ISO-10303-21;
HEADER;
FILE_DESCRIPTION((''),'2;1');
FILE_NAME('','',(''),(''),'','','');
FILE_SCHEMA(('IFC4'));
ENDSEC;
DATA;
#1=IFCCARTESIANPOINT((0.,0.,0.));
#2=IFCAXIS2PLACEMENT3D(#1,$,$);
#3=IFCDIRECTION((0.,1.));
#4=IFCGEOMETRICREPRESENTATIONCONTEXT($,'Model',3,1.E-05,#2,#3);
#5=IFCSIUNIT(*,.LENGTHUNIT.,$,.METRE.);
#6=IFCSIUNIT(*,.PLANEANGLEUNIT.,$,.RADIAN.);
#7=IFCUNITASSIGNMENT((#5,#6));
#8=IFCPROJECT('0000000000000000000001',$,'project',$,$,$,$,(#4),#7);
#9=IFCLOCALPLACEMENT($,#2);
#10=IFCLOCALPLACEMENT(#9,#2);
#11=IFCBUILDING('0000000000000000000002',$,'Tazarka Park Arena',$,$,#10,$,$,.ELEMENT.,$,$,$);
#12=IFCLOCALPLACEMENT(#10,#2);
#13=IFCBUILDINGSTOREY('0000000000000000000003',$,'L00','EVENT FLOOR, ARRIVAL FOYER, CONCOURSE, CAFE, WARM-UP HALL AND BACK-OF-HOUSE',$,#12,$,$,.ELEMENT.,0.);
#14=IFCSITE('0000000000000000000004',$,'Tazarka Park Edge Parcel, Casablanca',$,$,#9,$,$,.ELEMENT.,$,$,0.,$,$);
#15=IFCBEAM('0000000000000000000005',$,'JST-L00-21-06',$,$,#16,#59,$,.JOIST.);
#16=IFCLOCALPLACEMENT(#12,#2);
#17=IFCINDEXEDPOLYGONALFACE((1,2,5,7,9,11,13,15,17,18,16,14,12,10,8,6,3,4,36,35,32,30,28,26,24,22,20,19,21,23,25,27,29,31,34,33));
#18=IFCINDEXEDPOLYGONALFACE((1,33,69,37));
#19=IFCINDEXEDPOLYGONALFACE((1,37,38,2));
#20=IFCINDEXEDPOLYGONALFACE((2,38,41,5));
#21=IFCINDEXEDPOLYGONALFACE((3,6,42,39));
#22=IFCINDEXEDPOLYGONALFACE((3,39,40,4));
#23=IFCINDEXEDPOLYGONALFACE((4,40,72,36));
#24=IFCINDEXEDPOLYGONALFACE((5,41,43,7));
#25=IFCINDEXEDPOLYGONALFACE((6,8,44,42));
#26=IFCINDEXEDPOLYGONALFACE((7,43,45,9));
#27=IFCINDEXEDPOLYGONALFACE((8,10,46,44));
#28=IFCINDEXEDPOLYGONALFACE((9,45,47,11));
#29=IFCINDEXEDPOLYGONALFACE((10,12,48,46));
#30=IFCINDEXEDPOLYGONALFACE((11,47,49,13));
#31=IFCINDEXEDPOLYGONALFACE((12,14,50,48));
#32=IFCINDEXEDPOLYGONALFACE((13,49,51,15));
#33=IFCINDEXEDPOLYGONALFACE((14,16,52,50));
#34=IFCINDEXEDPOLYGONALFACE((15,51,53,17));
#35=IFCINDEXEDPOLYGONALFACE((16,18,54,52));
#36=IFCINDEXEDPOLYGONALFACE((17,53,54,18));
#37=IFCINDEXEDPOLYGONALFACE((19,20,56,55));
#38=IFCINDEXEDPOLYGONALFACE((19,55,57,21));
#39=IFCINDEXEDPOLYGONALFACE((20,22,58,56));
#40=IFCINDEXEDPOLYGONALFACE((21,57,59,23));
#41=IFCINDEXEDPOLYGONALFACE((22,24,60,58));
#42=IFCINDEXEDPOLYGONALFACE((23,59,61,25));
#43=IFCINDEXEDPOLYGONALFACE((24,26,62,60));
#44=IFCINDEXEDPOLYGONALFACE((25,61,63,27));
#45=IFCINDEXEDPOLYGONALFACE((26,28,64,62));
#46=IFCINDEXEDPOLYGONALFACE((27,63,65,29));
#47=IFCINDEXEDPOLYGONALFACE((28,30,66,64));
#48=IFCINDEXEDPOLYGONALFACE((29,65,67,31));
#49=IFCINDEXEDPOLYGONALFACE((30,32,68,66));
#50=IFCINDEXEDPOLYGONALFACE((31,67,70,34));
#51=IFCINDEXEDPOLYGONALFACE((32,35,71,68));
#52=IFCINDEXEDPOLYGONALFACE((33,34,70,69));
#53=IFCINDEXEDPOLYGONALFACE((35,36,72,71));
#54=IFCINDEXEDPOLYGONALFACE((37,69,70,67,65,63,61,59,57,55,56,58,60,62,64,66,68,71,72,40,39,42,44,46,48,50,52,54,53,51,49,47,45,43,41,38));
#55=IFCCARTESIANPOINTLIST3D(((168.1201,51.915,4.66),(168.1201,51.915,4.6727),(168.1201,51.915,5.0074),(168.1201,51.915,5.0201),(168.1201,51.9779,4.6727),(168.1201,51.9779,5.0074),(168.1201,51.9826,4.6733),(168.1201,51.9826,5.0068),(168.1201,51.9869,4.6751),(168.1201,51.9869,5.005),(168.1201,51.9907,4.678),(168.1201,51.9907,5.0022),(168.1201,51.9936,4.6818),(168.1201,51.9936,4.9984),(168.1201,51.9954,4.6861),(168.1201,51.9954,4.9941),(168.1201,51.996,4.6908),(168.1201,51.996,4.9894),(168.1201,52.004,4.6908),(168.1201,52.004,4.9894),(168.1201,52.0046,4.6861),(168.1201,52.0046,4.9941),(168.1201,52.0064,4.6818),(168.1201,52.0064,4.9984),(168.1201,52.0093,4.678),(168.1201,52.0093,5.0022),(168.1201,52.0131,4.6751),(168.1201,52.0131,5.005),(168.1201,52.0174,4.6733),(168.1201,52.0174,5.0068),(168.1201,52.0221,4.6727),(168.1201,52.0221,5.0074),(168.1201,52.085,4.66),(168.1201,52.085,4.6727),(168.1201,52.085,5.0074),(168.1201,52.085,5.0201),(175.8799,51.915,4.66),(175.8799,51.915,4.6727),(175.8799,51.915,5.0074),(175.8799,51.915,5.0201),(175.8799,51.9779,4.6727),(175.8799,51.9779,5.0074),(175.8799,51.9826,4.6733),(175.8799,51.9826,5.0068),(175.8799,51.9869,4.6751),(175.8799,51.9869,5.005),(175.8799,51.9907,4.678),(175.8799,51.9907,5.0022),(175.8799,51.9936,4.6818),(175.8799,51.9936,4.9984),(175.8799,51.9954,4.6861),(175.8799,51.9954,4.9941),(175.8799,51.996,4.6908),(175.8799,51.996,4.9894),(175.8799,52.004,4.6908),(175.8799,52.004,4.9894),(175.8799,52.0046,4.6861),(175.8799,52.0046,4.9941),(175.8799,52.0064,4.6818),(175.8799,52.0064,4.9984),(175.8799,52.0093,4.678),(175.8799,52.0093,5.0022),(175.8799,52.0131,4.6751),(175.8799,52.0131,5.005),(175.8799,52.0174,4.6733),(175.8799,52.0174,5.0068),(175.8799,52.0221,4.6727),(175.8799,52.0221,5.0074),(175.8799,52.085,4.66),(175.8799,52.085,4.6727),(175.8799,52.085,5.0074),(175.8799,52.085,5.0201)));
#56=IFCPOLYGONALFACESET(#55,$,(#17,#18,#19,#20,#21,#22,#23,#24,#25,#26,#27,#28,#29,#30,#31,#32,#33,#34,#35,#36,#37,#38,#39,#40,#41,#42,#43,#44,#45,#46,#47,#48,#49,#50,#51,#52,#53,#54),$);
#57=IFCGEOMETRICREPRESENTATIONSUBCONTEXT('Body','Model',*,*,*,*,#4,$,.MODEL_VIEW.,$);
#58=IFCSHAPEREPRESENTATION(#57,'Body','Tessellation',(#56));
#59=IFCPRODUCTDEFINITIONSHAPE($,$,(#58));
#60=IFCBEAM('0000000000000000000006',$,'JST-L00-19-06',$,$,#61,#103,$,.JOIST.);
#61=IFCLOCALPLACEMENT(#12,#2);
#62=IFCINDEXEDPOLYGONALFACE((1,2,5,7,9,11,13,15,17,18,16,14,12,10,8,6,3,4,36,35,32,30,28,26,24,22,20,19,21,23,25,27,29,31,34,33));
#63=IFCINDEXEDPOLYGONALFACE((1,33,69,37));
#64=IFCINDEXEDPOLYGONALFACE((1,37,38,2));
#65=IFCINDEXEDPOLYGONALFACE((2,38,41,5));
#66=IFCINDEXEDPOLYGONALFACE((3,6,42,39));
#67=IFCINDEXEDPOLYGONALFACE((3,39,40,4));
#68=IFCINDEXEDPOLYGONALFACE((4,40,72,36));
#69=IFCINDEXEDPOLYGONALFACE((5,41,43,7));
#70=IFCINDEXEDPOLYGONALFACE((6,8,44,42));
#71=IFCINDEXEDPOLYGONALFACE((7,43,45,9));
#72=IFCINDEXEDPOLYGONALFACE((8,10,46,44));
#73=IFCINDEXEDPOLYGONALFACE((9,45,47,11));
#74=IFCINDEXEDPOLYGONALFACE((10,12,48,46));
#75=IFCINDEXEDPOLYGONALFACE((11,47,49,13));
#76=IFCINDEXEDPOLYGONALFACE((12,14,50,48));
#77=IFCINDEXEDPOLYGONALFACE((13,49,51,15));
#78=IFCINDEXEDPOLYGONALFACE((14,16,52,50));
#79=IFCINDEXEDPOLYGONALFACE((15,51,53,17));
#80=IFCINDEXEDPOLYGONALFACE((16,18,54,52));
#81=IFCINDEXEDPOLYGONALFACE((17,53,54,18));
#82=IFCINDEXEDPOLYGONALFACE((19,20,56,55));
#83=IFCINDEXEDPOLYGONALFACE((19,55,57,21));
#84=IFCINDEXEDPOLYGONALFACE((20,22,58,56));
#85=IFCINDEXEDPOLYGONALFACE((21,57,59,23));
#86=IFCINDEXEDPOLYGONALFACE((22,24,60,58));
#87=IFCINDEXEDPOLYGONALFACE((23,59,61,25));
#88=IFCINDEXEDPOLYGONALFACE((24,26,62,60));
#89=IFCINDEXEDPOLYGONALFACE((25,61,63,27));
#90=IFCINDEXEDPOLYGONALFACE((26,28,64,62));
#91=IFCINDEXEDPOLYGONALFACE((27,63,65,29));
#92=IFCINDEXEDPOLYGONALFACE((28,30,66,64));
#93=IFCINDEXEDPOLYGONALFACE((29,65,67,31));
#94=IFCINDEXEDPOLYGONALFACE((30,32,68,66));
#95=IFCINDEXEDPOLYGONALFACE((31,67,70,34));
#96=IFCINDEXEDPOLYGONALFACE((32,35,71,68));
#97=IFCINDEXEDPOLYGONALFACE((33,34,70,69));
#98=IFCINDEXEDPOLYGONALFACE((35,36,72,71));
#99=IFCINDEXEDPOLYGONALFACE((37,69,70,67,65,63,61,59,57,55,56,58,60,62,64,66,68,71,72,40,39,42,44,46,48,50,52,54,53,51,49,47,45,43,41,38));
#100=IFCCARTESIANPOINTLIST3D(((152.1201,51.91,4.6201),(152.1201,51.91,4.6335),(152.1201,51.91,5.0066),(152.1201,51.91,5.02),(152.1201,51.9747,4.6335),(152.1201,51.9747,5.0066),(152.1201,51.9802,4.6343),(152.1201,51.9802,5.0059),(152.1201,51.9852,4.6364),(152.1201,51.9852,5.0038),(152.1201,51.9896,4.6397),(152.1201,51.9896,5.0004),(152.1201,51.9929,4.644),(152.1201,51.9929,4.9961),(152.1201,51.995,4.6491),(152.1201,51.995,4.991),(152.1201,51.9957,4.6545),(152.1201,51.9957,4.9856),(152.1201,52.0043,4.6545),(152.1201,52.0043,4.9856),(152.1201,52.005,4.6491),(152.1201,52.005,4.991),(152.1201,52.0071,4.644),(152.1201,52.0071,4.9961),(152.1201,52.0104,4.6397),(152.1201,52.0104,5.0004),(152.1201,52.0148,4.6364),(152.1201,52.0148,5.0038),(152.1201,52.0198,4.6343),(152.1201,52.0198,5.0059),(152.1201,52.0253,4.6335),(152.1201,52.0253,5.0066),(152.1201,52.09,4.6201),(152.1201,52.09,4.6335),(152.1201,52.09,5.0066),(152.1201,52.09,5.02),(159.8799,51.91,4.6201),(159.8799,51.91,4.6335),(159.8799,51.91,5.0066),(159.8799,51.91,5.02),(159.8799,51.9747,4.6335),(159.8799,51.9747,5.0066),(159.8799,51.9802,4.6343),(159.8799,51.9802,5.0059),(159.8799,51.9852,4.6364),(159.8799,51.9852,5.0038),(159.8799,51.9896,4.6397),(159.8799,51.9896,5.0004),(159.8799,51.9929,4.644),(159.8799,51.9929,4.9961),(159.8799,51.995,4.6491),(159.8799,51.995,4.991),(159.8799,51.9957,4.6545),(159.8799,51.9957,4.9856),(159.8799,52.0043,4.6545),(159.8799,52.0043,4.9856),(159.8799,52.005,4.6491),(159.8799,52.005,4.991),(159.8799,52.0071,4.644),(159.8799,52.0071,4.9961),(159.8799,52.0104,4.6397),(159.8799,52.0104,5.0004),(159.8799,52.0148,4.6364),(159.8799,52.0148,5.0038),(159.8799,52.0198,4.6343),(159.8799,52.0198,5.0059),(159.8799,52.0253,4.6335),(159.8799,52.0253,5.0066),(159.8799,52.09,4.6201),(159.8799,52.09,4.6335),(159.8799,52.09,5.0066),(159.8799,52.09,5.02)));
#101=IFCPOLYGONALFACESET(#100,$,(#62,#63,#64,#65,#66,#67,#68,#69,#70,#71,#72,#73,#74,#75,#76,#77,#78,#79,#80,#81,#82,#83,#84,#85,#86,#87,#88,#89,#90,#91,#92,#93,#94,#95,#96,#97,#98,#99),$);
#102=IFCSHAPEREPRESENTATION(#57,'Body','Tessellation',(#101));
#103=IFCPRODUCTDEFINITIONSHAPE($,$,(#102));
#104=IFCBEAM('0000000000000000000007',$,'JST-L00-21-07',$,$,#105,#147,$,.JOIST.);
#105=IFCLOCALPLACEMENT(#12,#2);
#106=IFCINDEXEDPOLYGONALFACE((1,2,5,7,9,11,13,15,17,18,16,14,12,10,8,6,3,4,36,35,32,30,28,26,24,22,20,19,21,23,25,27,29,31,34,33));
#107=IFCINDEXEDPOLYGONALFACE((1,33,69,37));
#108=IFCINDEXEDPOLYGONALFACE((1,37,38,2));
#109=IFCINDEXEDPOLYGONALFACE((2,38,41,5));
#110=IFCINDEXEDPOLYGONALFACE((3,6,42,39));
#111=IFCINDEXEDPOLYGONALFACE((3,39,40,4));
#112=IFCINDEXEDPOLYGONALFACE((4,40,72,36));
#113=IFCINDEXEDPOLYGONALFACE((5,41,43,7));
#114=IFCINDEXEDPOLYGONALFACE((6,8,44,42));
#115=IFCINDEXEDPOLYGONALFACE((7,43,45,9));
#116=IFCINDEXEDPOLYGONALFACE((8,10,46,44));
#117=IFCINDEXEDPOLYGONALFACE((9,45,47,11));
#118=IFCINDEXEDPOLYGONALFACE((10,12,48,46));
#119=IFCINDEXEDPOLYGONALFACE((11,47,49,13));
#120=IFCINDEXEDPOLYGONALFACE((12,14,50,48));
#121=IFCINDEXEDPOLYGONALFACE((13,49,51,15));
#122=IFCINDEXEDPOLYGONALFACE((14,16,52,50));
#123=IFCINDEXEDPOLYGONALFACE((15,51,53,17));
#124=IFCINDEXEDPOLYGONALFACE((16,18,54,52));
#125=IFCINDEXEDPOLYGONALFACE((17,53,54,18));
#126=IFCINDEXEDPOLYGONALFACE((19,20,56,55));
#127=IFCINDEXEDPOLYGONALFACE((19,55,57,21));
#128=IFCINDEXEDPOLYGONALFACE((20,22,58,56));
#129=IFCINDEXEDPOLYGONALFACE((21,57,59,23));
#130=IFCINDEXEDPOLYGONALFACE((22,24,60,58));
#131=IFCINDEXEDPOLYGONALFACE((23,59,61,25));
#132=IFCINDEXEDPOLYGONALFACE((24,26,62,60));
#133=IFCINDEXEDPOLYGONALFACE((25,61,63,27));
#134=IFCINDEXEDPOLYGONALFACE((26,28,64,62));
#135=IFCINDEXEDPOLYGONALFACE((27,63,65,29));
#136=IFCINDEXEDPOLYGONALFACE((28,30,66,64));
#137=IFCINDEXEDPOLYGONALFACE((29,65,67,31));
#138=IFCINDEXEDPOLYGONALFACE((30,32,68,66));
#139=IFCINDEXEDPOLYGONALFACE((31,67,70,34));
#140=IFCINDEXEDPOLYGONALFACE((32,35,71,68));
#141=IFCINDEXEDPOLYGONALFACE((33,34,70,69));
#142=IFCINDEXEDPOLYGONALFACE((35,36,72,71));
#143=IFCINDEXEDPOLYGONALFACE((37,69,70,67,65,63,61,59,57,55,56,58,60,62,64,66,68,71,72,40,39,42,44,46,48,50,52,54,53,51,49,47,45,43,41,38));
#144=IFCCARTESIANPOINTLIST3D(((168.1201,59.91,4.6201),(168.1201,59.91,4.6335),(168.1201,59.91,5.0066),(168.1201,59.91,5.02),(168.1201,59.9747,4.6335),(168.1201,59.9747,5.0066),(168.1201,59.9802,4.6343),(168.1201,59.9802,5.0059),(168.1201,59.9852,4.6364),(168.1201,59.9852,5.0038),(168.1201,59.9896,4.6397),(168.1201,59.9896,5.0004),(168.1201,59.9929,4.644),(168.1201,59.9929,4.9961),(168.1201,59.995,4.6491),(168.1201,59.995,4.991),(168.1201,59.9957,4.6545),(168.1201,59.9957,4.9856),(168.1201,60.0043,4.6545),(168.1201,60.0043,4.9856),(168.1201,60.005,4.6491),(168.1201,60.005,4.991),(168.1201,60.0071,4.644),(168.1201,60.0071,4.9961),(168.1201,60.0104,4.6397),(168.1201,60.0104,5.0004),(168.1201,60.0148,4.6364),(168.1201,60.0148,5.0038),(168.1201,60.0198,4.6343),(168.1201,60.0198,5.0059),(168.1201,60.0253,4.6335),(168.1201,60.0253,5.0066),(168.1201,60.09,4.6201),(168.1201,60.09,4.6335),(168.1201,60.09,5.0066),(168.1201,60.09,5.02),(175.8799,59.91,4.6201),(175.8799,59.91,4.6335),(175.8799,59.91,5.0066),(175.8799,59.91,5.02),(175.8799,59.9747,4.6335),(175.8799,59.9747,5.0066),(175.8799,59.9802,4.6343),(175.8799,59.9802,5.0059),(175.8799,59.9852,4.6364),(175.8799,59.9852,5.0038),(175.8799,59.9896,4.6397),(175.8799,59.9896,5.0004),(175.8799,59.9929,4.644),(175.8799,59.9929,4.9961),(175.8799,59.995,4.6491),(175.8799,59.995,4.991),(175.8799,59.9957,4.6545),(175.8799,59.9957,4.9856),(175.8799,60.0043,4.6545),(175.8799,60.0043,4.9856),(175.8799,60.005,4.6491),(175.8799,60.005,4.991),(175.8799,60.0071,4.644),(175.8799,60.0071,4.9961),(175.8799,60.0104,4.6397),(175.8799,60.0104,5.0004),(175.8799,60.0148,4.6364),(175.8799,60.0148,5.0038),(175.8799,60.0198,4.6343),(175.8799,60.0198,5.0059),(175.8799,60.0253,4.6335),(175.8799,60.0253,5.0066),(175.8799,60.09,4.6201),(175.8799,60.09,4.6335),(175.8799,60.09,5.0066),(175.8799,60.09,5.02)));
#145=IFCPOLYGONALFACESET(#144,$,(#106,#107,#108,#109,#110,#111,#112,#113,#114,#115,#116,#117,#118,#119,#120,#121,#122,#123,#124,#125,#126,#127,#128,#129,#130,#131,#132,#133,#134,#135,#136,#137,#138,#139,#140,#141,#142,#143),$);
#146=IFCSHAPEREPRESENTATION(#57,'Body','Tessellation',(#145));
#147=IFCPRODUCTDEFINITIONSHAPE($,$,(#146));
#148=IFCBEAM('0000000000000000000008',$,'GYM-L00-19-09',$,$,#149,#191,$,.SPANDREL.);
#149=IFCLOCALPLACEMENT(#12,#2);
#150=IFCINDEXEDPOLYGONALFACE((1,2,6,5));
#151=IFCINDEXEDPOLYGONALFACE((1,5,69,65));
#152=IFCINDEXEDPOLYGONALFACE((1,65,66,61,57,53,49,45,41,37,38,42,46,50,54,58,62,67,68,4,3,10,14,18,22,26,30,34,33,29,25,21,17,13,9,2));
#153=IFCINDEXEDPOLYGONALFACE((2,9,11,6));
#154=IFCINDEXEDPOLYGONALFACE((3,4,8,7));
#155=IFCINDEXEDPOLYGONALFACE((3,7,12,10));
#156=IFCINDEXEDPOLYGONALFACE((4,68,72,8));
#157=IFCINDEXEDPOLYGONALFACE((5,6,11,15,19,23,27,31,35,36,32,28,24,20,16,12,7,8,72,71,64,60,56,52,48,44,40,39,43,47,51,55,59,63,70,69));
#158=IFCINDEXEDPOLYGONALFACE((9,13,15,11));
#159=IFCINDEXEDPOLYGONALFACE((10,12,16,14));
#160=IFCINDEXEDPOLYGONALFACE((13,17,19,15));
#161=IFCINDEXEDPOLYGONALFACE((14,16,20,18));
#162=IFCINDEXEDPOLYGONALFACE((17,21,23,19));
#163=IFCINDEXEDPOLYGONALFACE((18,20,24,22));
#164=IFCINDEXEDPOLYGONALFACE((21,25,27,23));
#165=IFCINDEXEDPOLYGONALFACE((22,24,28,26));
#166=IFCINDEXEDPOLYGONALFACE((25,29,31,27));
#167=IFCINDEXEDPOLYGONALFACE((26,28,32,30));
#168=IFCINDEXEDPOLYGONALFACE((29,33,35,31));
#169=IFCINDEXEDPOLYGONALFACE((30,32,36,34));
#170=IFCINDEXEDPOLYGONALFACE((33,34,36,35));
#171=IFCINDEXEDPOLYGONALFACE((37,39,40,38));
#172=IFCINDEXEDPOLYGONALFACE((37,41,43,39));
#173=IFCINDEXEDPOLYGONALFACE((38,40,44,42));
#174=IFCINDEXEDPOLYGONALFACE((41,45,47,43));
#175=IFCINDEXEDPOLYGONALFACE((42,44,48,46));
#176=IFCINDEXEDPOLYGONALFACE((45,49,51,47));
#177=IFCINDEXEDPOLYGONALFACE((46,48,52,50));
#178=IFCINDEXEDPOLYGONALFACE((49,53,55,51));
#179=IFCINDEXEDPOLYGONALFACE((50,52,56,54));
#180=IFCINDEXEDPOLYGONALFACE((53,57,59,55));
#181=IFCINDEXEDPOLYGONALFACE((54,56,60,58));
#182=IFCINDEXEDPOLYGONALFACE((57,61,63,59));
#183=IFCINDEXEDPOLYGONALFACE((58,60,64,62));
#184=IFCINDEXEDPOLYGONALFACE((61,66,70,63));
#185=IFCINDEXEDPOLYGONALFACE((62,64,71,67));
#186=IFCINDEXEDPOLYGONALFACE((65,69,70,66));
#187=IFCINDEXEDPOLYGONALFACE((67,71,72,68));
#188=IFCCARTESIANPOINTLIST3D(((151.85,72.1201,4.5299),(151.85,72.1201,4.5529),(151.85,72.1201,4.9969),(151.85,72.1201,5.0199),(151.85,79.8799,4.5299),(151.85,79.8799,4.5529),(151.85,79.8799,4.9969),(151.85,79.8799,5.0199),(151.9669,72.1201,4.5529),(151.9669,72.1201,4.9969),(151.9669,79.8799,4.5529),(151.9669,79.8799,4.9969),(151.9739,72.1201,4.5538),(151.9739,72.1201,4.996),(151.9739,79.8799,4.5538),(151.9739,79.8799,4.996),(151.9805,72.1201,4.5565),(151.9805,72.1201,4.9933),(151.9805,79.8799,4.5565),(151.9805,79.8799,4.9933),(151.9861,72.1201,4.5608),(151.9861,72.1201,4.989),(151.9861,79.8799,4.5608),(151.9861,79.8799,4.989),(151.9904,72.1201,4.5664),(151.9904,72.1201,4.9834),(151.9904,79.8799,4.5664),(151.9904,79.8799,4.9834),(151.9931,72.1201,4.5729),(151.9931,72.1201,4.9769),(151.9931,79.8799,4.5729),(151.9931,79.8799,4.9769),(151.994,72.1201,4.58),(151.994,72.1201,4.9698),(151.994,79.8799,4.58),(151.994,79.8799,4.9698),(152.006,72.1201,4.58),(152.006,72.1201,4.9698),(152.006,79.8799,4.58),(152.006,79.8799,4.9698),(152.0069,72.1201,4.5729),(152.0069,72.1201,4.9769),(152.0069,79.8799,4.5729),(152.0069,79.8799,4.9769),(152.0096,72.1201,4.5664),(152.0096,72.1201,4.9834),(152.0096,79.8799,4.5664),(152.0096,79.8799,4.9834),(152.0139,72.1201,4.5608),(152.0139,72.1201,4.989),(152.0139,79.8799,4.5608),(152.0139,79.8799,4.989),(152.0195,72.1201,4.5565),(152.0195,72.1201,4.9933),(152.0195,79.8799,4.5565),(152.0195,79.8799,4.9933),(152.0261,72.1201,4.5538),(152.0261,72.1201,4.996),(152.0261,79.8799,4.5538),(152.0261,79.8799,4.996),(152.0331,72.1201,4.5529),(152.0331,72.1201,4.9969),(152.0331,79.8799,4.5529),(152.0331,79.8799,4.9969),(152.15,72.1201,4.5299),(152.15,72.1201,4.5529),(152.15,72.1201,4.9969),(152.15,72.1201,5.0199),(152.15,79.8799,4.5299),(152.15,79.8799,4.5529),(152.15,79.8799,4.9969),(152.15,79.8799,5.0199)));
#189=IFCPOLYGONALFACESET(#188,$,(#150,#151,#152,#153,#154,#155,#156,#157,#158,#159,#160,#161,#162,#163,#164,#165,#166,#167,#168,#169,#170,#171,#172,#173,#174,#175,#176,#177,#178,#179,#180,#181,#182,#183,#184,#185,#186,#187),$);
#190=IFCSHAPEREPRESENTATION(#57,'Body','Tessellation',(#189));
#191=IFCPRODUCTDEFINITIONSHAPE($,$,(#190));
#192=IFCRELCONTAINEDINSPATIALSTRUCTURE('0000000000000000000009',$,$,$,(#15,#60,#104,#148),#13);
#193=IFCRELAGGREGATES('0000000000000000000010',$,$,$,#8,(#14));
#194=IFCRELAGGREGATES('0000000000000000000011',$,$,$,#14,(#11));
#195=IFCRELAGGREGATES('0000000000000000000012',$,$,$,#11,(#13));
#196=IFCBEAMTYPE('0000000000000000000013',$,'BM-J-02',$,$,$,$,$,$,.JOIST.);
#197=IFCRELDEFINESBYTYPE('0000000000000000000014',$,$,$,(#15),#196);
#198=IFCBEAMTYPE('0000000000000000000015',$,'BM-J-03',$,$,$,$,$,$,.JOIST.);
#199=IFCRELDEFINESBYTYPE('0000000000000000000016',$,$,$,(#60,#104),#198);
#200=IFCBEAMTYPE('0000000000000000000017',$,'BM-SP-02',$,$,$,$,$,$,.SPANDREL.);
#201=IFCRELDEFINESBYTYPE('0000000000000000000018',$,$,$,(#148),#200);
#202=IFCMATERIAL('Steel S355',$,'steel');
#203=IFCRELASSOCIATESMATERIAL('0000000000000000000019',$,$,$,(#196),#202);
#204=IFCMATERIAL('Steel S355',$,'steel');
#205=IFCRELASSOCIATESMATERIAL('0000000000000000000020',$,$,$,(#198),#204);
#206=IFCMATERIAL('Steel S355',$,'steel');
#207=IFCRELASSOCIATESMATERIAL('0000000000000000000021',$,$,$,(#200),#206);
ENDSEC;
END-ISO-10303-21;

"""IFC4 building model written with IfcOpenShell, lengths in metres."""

from ifc_helpers import new_model, si_unit, direction, frame, origin, origin_2d, place, context, subcontext, project, spatial, i_section, extrude, material, material_profile, profile_set, type_object, element, save


model = new_model("IFC4")

# Units and contexts
model_context = context("Model", 3, precision=1e-05, world=origin(), true_north=direction((0.0, 1.0)))
body_context = subcontext(model_context, "Body", "Model", "MODEL_VIEW")
ifc_project = project(units=[si_unit("LENGTHUNIT", "METRE"), si_unit("PLANEANGLEUNIT", "RADIAN")], contexts=[model_context])

# Site, building, storey
site_placement = place(None, origin())
site = spatial("IfcSite", under=ifc_project, at=site_placement, Name="Tazarka Park Edge Parcel, Casablanca", CompositionType="ELEMENT", RefElevation=0.0)
building_placement = place(site_placement, origin())
building = spatial("IfcBuilding", under=site, at=building_placement, Name="Tazarka Park Arena", CompositionType="ELEMENT")
storey_placement = place(building_placement, origin())
storey = spatial("IfcBuildingStorey", under=building, at=storey_placement, Name="L00", Description="EVENT FLOOR, ARRIVAL FOYER, CONCOURSE, CAFE, WARM-UP HALL AND BACK-OF-HOUSE", CompositionType="ELEMENT", Elevation=0.0)

# Beams
ifc_material_1 = material(Name="Steel S355", Category="steel")
ifc_material_profile_1 = material_profile(ifc_material_1, i_section(OverallWidth=0.1699, OverallDepth=0.3601, WebThickness=0.0081, FlangeThickness=0.0127, FilletRadius=0.0181, at=origin_2d()), Name="Steel S355")
ifc_profile_set_1 = profile_set([ifc_material_profile_1], Name="Steel S355")
beam_type_1 = type_object("IfcBeamType", Name="BM-J-02", PredefinedType="JOIST", material=ifc_profile_set_1)
for number, where, z_axis, x_axis, name in (
    (1, (168.1201, 52.0, 4.8401), (1.0, 0.0, 0.0), (0.0, 1.0, 0.0), "JST-L00-21-06"),
):
    element("IfcBeam", number, at=place(storey_placement, frame(where, z_axis=z_axis, x_axis=x_axis)), inside=storey, type_object=beam_type_1, Name=name, PredefinedType="JOIST", context=body_context, shape_type="SweptSolid", body=[
        extrude(i_section(OverallWidth=0.1699, OverallDepth=0.3601, WebThickness=0.0081, FlangeThickness=0.0127, FilletRadius=0.0181, at=origin_2d()), origin(), (0.0, 0.0, 1.0), 7.7598),
    ])
ifc_material_2 = material(Name="Steel S355", Category="steel")
ifc_material_profile_2 = material_profile(ifc_material_2, i_section(OverallWidth=0.1799, OverallDepth=0.3999, WebThickness=0.0085, FlangeThickness=0.0134, FilletRadius=0.021, at=origin_2d()), Name="Steel S355")
ifc_profile_set_2 = profile_set([ifc_material_profile_2], Name="Steel S355")
beam_type_2 = type_object("IfcBeamType", Name="BM-J-03", PredefinedType="JOIST", material=ifc_profile_set_2)
for number, where, z_axis, x_axis, name in (
    (2, (152.1201, 52.0, 4.8201), (1.0, 0.0, 0.0), (0.0, 1.0, 0.0), "JST-L00-19-06"),
    (3, (168.1201, 60.0, 4.8201), (1.0, 0.0, 0.0), (0.0, 1.0, 0.0), "JST-L00-21-07"),
):
    element("IfcBeam", number, at=place(storey_placement, frame(where, z_axis=z_axis, x_axis=x_axis)), inside=storey, type_object=beam_type_2, Name=name, PredefinedType="JOIST", context=body_context, shape_type="SweptSolid", body=[
        extrude(i_section(OverallWidth=0.1799, OverallDepth=0.3999, WebThickness=0.0085, FlangeThickness=0.0134, FilletRadius=0.021, at=origin_2d()), origin(), (0.0, 0.0, 1.0), 7.7598),
    ])
ifc_material_3 = material(Name="Steel S355", Category="steel")
ifc_material_profile_3 = material_profile(ifc_material_3, i_section(OverallWidth=0.3, OverallDepth=0.49, WebThickness=0.012, FlangeThickness=0.0229, FilletRadius=0.0271, at=origin_2d()), Name="Steel S355")
ifc_profile_set_3 = profile_set([ifc_material_profile_3], Name="Steel S355")
beam_type_3 = type_object("IfcBeamType", Name="BM-SP-02", PredefinedType="SPANDREL", material=ifc_profile_set_3)
for number, where, z_axis, x_axis, name in (
    (4, (152.0, 72.1201, 4.7749), (0.0, 1.0, 0.0), (-1.0, 0.0, 0.0), "GYM-L00-19-09"),
):
    element("IfcBeam", number, at=place(storey_placement, frame(where, z_axis=z_axis, x_axis=x_axis)), inside=storey, type_object=beam_type_3, Name=name, PredefinedType="SPANDREL", context=body_context, shape_type="SweptSolid", body=[
        extrude(i_section(OverallWidth=0.3, OverallDepth=0.49, WebThickness=0.012, FlangeThickness=0.0229, FilletRadius=0.0271, at=origin_2d()), origin(), (0.0, 0.0, 1.0), 7.7598),
    ])

save(model, "model.ifc")
